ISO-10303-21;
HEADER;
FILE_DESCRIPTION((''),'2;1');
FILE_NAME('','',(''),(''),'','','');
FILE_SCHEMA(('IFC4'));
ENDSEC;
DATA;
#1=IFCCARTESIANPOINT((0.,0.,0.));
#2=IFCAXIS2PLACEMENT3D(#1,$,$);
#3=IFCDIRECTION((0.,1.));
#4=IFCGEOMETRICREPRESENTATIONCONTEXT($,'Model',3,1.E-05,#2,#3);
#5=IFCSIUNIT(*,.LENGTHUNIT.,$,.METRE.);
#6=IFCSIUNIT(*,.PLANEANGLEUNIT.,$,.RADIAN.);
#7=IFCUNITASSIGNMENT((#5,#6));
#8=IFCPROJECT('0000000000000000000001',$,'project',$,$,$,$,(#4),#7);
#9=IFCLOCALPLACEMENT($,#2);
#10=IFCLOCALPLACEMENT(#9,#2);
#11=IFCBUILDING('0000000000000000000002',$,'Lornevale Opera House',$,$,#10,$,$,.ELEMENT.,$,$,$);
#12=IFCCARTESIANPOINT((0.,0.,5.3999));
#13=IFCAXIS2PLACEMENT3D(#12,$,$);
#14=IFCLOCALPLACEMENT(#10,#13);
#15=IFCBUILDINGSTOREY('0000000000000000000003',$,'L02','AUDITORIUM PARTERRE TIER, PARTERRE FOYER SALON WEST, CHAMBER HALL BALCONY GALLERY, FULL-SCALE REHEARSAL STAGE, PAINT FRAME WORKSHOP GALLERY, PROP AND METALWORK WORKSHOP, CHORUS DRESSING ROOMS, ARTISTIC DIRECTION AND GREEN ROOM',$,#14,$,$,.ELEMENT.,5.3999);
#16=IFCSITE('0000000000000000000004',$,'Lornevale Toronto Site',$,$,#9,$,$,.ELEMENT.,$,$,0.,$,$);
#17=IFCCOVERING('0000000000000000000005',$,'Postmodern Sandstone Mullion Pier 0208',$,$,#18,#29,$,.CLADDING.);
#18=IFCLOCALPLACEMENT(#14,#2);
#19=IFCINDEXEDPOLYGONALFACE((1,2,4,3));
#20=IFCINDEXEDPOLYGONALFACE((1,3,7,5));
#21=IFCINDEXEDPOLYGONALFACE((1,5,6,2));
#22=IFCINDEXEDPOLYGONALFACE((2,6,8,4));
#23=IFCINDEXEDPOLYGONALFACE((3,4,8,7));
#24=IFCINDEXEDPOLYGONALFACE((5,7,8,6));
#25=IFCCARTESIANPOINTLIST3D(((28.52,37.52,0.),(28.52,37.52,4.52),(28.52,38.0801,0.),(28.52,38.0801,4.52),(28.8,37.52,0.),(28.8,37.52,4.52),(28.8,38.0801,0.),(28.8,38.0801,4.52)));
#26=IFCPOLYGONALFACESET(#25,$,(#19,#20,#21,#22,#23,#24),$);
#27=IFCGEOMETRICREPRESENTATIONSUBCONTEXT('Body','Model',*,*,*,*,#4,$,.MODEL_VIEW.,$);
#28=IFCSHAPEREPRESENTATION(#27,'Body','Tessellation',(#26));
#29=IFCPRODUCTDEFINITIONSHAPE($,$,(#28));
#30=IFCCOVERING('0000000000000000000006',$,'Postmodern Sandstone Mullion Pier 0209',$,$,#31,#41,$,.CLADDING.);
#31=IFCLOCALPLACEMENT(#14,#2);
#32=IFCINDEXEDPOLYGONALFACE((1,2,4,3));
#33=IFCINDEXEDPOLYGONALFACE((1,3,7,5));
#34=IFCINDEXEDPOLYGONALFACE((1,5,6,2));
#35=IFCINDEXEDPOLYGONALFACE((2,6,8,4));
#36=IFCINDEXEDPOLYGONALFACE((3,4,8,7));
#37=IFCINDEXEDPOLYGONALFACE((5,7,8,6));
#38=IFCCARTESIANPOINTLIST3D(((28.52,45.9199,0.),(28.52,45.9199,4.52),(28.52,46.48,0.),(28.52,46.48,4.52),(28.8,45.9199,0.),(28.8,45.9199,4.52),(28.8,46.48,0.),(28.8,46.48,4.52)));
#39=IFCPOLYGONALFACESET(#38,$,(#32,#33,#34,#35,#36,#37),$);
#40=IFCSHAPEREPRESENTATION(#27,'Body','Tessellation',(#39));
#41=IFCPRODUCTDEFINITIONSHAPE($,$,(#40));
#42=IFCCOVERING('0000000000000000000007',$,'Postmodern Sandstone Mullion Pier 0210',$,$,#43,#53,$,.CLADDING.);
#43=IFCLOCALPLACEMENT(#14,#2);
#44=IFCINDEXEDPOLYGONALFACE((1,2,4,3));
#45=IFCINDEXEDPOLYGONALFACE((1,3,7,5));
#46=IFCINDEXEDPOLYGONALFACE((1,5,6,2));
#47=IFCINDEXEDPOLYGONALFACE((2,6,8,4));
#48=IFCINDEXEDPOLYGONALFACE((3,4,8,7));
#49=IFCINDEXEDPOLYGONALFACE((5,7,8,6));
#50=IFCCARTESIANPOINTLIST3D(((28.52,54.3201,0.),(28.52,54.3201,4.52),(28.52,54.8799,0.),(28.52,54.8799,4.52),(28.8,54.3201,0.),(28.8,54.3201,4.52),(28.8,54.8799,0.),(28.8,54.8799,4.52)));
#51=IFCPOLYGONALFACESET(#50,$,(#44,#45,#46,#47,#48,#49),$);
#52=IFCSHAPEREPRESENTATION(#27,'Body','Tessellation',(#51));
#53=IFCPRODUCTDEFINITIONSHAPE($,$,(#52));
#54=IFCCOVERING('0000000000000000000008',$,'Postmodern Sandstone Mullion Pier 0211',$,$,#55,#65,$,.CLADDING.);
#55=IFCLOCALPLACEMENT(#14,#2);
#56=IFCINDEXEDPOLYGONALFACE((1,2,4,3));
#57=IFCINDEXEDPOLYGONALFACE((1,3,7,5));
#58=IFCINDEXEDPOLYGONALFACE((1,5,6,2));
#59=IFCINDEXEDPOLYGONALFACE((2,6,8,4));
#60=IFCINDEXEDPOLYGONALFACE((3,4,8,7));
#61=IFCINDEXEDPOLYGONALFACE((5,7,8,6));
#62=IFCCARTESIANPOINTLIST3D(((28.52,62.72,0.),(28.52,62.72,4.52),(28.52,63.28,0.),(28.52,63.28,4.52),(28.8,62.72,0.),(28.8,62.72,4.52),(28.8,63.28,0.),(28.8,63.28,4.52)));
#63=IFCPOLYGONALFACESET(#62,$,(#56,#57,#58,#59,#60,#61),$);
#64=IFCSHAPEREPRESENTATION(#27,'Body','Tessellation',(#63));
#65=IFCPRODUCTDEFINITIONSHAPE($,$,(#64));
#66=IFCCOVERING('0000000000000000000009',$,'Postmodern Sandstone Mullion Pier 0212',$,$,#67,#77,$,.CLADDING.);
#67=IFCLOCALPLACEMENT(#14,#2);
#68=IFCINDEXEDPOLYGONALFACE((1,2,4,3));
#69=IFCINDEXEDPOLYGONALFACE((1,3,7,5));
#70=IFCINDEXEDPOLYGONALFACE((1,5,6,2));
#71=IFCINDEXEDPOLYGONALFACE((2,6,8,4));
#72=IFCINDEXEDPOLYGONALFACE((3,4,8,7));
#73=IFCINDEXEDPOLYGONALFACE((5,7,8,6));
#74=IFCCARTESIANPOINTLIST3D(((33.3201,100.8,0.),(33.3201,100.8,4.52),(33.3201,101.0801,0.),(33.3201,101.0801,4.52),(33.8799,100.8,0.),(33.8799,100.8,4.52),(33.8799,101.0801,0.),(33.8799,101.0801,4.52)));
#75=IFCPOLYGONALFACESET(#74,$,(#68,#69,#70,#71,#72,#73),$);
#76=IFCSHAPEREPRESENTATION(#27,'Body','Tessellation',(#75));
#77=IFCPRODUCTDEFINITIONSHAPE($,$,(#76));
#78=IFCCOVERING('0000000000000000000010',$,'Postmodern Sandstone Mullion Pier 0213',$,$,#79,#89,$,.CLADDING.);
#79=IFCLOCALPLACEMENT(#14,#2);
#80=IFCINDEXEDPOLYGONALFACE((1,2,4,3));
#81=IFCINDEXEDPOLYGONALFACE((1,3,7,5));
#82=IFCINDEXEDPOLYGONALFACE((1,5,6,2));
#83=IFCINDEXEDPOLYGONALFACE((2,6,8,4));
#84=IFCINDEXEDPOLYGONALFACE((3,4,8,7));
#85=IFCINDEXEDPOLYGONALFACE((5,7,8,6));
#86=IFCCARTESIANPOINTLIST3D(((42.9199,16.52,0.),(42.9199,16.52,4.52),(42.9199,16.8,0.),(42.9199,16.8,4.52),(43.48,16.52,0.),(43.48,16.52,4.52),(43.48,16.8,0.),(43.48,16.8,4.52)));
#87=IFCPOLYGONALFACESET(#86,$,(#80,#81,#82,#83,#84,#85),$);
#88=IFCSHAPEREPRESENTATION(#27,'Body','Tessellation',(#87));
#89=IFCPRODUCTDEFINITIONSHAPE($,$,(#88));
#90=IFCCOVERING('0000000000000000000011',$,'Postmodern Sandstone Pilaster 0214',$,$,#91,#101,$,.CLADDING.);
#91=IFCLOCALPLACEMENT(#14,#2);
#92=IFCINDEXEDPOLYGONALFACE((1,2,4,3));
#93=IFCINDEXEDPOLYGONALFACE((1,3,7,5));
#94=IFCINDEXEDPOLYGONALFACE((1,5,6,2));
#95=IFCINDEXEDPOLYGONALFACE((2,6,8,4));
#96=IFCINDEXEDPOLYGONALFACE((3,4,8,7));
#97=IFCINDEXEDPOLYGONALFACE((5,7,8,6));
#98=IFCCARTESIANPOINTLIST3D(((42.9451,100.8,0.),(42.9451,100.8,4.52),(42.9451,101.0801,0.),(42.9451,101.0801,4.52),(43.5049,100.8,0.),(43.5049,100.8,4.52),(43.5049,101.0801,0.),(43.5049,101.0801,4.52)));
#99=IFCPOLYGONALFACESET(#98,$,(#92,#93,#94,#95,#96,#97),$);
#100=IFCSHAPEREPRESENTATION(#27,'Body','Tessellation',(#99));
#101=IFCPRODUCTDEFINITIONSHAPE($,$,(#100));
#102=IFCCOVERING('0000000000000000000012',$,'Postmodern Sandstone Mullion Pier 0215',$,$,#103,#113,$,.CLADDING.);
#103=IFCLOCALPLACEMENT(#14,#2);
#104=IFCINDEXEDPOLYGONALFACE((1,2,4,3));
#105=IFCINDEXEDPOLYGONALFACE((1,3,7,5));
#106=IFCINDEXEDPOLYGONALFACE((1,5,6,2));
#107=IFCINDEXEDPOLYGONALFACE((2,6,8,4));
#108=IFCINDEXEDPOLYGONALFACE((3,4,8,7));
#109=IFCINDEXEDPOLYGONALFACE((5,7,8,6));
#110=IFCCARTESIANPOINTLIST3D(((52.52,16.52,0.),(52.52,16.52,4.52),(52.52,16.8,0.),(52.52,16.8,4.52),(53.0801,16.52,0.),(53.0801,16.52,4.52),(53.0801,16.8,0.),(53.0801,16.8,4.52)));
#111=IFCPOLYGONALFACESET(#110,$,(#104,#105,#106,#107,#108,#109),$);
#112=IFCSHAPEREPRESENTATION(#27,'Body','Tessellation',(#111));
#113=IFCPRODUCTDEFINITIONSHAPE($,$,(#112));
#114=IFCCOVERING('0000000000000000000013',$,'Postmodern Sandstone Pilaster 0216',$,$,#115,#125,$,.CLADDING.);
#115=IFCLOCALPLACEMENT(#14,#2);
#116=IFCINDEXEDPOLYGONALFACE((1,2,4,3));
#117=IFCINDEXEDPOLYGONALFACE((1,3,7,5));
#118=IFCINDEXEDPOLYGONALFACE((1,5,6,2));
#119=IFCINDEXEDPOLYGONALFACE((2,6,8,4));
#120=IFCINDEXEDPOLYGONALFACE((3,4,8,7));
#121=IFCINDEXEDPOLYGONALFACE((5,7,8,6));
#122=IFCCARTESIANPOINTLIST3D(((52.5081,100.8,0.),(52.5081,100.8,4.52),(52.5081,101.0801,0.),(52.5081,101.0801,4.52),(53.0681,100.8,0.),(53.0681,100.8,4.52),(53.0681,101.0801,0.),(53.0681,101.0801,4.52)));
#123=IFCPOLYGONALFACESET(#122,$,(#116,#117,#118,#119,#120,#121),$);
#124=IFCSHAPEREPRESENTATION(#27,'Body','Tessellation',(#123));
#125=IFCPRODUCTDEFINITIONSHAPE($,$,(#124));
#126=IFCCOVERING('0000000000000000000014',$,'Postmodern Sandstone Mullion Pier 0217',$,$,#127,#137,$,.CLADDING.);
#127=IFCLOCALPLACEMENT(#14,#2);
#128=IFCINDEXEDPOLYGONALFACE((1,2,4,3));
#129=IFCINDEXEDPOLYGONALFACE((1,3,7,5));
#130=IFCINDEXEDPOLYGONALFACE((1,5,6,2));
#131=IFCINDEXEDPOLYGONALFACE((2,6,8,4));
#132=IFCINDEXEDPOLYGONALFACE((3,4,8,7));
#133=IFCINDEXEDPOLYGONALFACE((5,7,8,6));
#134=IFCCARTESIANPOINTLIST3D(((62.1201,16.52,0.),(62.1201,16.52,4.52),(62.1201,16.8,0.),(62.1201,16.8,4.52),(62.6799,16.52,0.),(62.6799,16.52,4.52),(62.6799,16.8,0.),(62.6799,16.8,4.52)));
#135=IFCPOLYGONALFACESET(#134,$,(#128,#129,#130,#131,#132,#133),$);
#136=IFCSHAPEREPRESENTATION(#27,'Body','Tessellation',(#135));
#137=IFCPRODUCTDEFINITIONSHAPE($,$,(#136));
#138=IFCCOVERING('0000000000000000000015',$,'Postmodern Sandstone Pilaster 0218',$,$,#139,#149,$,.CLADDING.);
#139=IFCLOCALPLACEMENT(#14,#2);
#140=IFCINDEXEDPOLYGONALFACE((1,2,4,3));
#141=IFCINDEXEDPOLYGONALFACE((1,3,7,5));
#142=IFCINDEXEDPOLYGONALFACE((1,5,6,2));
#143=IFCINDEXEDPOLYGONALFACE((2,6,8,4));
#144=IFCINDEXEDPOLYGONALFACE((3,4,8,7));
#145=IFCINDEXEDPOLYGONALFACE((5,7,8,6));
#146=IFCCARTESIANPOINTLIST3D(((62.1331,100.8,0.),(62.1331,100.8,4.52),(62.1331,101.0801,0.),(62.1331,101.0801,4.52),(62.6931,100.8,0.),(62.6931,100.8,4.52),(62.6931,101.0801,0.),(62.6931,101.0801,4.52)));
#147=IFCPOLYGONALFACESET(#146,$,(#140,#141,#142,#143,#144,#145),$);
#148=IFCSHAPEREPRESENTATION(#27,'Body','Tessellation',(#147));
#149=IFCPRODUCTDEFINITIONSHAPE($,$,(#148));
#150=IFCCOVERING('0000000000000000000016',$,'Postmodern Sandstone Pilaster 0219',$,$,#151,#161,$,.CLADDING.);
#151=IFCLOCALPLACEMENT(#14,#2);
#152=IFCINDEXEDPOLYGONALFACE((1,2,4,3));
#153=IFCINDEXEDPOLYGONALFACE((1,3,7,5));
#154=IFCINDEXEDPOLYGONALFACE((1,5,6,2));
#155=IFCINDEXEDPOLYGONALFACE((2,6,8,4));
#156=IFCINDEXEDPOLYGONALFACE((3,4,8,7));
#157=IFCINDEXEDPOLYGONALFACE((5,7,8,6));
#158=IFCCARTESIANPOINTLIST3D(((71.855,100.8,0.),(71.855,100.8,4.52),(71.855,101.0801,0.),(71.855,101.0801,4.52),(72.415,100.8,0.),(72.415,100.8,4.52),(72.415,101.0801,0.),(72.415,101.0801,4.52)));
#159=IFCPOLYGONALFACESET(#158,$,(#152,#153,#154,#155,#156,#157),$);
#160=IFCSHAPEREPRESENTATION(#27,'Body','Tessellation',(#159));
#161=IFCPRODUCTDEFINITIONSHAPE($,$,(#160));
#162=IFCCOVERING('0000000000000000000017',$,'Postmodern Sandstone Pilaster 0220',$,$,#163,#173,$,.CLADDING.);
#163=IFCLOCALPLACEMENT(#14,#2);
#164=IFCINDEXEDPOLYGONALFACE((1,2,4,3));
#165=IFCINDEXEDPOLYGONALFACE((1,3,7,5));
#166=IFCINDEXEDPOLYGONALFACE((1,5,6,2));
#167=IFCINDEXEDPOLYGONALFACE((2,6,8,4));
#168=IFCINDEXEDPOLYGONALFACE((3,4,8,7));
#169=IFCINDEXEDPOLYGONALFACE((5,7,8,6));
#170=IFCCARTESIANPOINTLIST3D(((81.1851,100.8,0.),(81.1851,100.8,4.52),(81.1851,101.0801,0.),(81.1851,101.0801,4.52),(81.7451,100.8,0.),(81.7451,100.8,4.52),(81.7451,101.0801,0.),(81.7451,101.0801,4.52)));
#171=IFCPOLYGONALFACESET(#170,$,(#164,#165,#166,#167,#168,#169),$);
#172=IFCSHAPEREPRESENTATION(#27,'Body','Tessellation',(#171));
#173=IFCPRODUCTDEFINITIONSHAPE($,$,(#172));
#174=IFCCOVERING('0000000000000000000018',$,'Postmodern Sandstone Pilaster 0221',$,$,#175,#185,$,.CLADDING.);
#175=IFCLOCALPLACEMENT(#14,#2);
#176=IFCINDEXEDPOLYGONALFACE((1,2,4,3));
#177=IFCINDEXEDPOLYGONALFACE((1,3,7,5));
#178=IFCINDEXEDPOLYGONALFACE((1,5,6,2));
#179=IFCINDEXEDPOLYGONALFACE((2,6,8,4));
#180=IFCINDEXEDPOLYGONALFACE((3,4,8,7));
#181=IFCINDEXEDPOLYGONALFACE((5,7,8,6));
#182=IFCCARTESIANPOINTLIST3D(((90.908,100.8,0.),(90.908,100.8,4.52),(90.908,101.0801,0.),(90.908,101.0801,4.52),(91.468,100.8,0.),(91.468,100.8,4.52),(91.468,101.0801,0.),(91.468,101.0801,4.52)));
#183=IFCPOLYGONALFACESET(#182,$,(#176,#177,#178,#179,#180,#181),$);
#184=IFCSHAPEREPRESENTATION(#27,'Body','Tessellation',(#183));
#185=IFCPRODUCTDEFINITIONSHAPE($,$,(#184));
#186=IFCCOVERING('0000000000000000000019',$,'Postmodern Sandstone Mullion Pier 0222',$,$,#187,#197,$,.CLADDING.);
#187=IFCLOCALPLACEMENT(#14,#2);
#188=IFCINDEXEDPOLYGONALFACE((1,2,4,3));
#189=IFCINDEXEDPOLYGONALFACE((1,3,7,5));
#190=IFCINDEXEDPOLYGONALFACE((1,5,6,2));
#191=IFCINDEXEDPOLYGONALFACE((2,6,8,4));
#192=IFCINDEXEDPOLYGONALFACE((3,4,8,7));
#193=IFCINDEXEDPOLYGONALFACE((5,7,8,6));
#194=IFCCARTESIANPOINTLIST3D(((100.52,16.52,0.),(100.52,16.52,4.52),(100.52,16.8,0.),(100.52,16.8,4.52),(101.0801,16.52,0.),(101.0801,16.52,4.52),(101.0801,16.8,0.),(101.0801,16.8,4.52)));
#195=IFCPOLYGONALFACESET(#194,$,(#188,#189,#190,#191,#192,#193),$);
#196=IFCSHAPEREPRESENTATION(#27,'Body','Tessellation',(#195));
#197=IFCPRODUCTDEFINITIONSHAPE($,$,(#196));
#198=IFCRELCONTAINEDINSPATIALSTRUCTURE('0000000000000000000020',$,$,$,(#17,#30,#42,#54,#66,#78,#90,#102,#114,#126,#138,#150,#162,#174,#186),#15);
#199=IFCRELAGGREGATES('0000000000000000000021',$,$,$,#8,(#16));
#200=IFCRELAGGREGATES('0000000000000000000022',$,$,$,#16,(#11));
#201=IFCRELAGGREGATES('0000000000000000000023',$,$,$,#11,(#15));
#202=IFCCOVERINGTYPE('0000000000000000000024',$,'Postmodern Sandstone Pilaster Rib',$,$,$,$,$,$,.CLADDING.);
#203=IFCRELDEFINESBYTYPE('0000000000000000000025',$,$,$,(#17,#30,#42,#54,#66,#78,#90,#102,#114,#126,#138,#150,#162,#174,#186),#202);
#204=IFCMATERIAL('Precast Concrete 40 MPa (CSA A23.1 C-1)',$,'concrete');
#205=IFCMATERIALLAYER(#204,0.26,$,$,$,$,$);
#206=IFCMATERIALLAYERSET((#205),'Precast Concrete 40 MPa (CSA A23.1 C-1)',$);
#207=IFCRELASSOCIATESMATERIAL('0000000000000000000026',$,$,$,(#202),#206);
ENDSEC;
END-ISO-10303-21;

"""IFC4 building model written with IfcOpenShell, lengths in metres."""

from ifc_helpers import new_model, si_unit, direction, frame, origin, place, context, subcontext, project, spatial, polyline, outline, extrude, material, layer, layer_set, type_object, element, save


model = new_model("IFC4")

# Units and contexts
model_context = context("Model", 3, precision=1e-05, world=origin(), true_north=direction((0.0, 1.0)))
body_context = subcontext(model_context, "Body", "Model", "MODEL_VIEW")
ifc_project = project(units=[si_unit("LENGTHUNIT", "METRE"), si_unit("PLANEANGLEUNIT", "RADIAN")], contexts=[model_context])

# Site, building, storey
site_placement = place(None, origin())
site = spatial("IfcSite", under=ifc_project, at=site_placement, Name="Lornevale Toronto Site", CompositionType="ELEMENT", RefElevation=0.0)
building_placement = place(site_placement, origin())
building = spatial("IfcBuilding", under=site, at=building_placement, Name="Lornevale Opera House", CompositionType="ELEMENT")
storey_placement = place(building_placement, frame((0.0, 0.0, 5.3999)))
storey = spatial("IfcBuildingStorey", under=building, at=storey_placement, Name="L02", Description="AUDITORIUM PARTERRE TIER, PARTERRE FOYER SALON WEST, CHAMBER HALL BALCONY GALLERY, FULL-SCALE REHEARSAL STAGE, PAINT FRAME WORKSHOP GALLERY, PROP AND METALWORK WORKSHOP, CHORUS DRESSING ROOMS, ARTISTIC DIRECTION AND GREEN ROOM", CompositionType="ELEMENT", Elevation=5.3999)

# Coverings
ifc_material = material(Name="Precast Concrete 40 MPa (CSA A23.1 C-1)", Category="concrete")
ifc_layer = layer(ifc_material, 0.26)
ifc_layer_set = layer_set([ifc_layer], Name="Precast Concrete 40 MPa (CSA A23.1 C-1)")
covering_type = type_object("IfcCoveringType", Name="Postmodern Sandstone Pilaster Rib", PredefinedType="CLADDING", material=ifc_layer_set)
covering_1_placement = place(storey_placement, origin())
element("IfcCovering", 1, at=covering_1_placement, inside=storey, type_object=covering_type, Name="Postmodern Sandstone Mullion Pier 0208", PredefinedType="CLADDING", context=body_context, shape_type="SweptSolid", body=[
    extrude(outline(polyline([(28.8, 37.52), (28.8, 38.0801), (28.52, 38.0801), (28.52, 37.52), (28.8, 37.52)])), origin(), (0.0, 0.0, 1.0), 4.52),
])
covering_2_placement = place(storey_placement, origin())
element("IfcCovering", 2, at=covering_2_placement, inside=storey, type_object=covering_type, Name="Postmodern Sandstone Mullion Pier 0209", PredefinedType="CLADDING", context=body_context, shape_type="SweptSolid", body=[
    extrude(outline(polyline([(28.8, 45.9199), (28.8, 46.48), (28.52, 46.48), (28.52, 45.9199), (28.8, 45.9199)])), origin(), (0.0, 0.0, 1.0), 4.52),
])
covering_3_placement = place(storey_placement, origin())
element("IfcCovering", 3, at=covering_3_placement, inside=storey, type_object=covering_type, Name="Postmodern Sandstone Mullion Pier 0210", PredefinedType="CLADDING", context=body_context, shape_type="SweptSolid", body=[
    extrude(outline(polyline([(28.8, 54.3201), (28.8, 54.8799), (28.52, 54.8799), (28.52, 54.3201), (28.8, 54.3201)])), origin(), (0.0, 0.0, 1.0), 4.52),
])
covering_4_placement = place(storey_placement, origin())
element("IfcCovering", 4, at=covering_4_placement, inside=storey, type_object=covering_type, Name="Postmodern Sandstone Mullion Pier 0211", PredefinedType="CLADDING", context=body_context, shape_type="SweptSolid", body=[
    extrude(outline(polyline([(28.8, 62.72), (28.8, 63.28), (28.52, 63.28), (28.52, 62.72), (28.8, 62.72)])), origin(), (0.0, 0.0, 1.0), 4.52),
])
covering_5_placement = place(storey_placement, origin())
element("IfcCovering", 5, at=covering_5_placement, inside=storey, type_object=covering_type, Name="Postmodern Sandstone Mullion Pier 0212", PredefinedType="CLADDING", context=body_context, shape_type="SweptSolid", body=[
    extrude(outline(polyline([(33.3201, 100.8), (33.8799, 100.8), (33.8799, 101.0801), (33.3201, 101.0801), (33.3201, 100.8)])), origin(), (0.0, 0.0, 1.0), 4.52),
])
covering_6_placement = place(storey_placement, origin())
element("IfcCovering", 6, at=covering_6_placement, inside=storey, type_object=covering_type, Name="Postmodern Sandstone Mullion Pier 0213", PredefinedType="CLADDING", context=body_context, shape_type="SweptSolid", body=[
    extrude(outline(polyline([(43.48, 16.8), (42.9199, 16.8), (42.9199, 16.52), (43.48, 16.52), (43.48, 16.8)])), origin(), (0.0, 0.0, 1.0), 4.52),
])
covering_7_placement = place(storey_placement, origin())
element("IfcCovering", 7, at=covering_7_placement, inside=storey, type_object=covering_type, Name="Postmodern Sandstone Pilaster 0214", PredefinedType="CLADDING", context=body_context, shape_type="SweptSolid", body=[
    extrude(outline(polyline([(42.9451, 100.8), (43.5049, 100.8), (43.5049, 101.0801), (42.9451, 101.0801), (42.9451, 100.8)])), origin(), (0.0, 0.0, 1.0), 4.52),
])
covering_8_placement = place(storey_placement, origin())
element("IfcCovering", 8, at=covering_8_placement, inside=storey, type_object=covering_type, Name="Postmodern Sandstone Mullion Pier 0215", PredefinedType="CLADDING", context=body_context, shape_type="SweptSolid", body=[
    extrude(outline(polyline([(53.0801, 16.8), (52.52, 16.8), (52.52, 16.52), (53.0801, 16.52), (53.0801, 16.8)])), origin(), (0.0, 0.0, 1.0), 4.52),
])
covering_9_placement = place(storey_placement, origin())
element("IfcCovering", 9, at=covering_9_placement, inside=storey, type_object=covering_type, Name="Postmodern Sandstone Pilaster 0216", PredefinedType="CLADDING", context=body_context, shape_type="SweptSolid", body=[
    extrude(outline(polyline([(52.5081, 100.8), (53.0681, 100.8), (53.0681, 101.0801), (52.5081, 101.0801), (52.5081, 100.8)])), origin(), (0.0, 0.0, 1.0), 4.52),
])
covering_10_placement = place(storey_placement, origin())
element("IfcCovering", 10, at=covering_10_placement, inside=storey, type_object=covering_type, Name="Postmodern Sandstone Mullion Pier 0217", PredefinedType="CLADDING", context=body_context, shape_type="SweptSolid", body=[
    extrude(outline(polyline([(62.6799, 16.8), (62.1201, 16.8), (62.1201, 16.52), (62.6799, 16.52), (62.6799, 16.8)])), origin(), (0.0, 0.0, 1.0), 4.52),
])
covering_11_placement = place(storey_placement, origin())
element("IfcCovering", 11, at=covering_11_placement, inside=storey, type_object=covering_type, Name="Postmodern Sandstone Pilaster 0218", PredefinedType="CLADDING", context=body_context, shape_type="SweptSolid", body=[
    extrude(outline(polyline([(62.1331, 100.8), (62.6931, 100.8), (62.6931, 101.0801), (62.1331, 101.0801), (62.1331, 100.8)])), origin(), (0.0, 0.0, 1.0), 4.52),
])
covering_12_placement = place(storey_placement, origin())
element("IfcCovering", 12, at=covering_12_placement, inside=storey, type_object=covering_type, Name="Postmodern Sandstone Pilaster 0219", PredefinedType="CLADDING", context=body_context, shape_type="SweptSolid", body=[
    extrude(outline(polyline([(71.855, 100.8), (72.415, 100.8), (72.415, 101.0801), (71.855, 101.0801), (71.855, 100.8)])), origin(), (0.0, 0.0, 1.0), 4.52),
])
covering_13_placement = place(storey_placement, origin())
element("IfcCovering", 13, at=covering_13_placement, inside=storey, type_object=covering_type, Name="Postmodern Sandstone Pilaster 0220", PredefinedType="CLADDING", context=body_context, shape_type="SweptSolid", body=[
    extrude(outline(polyline([(81.1851, 100.8), (81.7451, 100.8), (81.7451, 101.0801), (81.1851, 101.0801), (81.1851, 100.8)])), origin(), (0.0, 0.0, 1.0), 4.52),
])
covering_14_placement = place(storey_placement, origin())
element("IfcCovering", 14, at=covering_14_placement, inside=storey, type_object=covering_type, Name="Postmodern Sandstone Pilaster 0221", PredefinedType="CLADDING", context=body_context, shape_type="SweptSolid", body=[
    extrude(outline(polyline([(90.908, 100.8), (91.468, 100.8), (91.468, 101.0801), (90.908, 101.0801), (90.908, 100.8)])), origin(), (0.0, 0.0, 1.0), 4.52),
])
covering_15_placement = place(storey_placement, origin())
element("IfcCovering", 15, at=covering_15_placement, inside=storey, type_object=covering_type, Name="Postmodern Sandstone Mullion Pier 0222", PredefinedType="CLADDING", context=body_context, shape_type="SweptSolid", body=[
    extrude(outline(polyline([(101.0801, 16.8), (100.52, 16.8), (100.52, 16.52), (101.0801, 16.52), (101.0801, 16.8)])), origin(), (0.0, 0.0, 1.0), 4.52),
])

save(model, "model.ifc")
